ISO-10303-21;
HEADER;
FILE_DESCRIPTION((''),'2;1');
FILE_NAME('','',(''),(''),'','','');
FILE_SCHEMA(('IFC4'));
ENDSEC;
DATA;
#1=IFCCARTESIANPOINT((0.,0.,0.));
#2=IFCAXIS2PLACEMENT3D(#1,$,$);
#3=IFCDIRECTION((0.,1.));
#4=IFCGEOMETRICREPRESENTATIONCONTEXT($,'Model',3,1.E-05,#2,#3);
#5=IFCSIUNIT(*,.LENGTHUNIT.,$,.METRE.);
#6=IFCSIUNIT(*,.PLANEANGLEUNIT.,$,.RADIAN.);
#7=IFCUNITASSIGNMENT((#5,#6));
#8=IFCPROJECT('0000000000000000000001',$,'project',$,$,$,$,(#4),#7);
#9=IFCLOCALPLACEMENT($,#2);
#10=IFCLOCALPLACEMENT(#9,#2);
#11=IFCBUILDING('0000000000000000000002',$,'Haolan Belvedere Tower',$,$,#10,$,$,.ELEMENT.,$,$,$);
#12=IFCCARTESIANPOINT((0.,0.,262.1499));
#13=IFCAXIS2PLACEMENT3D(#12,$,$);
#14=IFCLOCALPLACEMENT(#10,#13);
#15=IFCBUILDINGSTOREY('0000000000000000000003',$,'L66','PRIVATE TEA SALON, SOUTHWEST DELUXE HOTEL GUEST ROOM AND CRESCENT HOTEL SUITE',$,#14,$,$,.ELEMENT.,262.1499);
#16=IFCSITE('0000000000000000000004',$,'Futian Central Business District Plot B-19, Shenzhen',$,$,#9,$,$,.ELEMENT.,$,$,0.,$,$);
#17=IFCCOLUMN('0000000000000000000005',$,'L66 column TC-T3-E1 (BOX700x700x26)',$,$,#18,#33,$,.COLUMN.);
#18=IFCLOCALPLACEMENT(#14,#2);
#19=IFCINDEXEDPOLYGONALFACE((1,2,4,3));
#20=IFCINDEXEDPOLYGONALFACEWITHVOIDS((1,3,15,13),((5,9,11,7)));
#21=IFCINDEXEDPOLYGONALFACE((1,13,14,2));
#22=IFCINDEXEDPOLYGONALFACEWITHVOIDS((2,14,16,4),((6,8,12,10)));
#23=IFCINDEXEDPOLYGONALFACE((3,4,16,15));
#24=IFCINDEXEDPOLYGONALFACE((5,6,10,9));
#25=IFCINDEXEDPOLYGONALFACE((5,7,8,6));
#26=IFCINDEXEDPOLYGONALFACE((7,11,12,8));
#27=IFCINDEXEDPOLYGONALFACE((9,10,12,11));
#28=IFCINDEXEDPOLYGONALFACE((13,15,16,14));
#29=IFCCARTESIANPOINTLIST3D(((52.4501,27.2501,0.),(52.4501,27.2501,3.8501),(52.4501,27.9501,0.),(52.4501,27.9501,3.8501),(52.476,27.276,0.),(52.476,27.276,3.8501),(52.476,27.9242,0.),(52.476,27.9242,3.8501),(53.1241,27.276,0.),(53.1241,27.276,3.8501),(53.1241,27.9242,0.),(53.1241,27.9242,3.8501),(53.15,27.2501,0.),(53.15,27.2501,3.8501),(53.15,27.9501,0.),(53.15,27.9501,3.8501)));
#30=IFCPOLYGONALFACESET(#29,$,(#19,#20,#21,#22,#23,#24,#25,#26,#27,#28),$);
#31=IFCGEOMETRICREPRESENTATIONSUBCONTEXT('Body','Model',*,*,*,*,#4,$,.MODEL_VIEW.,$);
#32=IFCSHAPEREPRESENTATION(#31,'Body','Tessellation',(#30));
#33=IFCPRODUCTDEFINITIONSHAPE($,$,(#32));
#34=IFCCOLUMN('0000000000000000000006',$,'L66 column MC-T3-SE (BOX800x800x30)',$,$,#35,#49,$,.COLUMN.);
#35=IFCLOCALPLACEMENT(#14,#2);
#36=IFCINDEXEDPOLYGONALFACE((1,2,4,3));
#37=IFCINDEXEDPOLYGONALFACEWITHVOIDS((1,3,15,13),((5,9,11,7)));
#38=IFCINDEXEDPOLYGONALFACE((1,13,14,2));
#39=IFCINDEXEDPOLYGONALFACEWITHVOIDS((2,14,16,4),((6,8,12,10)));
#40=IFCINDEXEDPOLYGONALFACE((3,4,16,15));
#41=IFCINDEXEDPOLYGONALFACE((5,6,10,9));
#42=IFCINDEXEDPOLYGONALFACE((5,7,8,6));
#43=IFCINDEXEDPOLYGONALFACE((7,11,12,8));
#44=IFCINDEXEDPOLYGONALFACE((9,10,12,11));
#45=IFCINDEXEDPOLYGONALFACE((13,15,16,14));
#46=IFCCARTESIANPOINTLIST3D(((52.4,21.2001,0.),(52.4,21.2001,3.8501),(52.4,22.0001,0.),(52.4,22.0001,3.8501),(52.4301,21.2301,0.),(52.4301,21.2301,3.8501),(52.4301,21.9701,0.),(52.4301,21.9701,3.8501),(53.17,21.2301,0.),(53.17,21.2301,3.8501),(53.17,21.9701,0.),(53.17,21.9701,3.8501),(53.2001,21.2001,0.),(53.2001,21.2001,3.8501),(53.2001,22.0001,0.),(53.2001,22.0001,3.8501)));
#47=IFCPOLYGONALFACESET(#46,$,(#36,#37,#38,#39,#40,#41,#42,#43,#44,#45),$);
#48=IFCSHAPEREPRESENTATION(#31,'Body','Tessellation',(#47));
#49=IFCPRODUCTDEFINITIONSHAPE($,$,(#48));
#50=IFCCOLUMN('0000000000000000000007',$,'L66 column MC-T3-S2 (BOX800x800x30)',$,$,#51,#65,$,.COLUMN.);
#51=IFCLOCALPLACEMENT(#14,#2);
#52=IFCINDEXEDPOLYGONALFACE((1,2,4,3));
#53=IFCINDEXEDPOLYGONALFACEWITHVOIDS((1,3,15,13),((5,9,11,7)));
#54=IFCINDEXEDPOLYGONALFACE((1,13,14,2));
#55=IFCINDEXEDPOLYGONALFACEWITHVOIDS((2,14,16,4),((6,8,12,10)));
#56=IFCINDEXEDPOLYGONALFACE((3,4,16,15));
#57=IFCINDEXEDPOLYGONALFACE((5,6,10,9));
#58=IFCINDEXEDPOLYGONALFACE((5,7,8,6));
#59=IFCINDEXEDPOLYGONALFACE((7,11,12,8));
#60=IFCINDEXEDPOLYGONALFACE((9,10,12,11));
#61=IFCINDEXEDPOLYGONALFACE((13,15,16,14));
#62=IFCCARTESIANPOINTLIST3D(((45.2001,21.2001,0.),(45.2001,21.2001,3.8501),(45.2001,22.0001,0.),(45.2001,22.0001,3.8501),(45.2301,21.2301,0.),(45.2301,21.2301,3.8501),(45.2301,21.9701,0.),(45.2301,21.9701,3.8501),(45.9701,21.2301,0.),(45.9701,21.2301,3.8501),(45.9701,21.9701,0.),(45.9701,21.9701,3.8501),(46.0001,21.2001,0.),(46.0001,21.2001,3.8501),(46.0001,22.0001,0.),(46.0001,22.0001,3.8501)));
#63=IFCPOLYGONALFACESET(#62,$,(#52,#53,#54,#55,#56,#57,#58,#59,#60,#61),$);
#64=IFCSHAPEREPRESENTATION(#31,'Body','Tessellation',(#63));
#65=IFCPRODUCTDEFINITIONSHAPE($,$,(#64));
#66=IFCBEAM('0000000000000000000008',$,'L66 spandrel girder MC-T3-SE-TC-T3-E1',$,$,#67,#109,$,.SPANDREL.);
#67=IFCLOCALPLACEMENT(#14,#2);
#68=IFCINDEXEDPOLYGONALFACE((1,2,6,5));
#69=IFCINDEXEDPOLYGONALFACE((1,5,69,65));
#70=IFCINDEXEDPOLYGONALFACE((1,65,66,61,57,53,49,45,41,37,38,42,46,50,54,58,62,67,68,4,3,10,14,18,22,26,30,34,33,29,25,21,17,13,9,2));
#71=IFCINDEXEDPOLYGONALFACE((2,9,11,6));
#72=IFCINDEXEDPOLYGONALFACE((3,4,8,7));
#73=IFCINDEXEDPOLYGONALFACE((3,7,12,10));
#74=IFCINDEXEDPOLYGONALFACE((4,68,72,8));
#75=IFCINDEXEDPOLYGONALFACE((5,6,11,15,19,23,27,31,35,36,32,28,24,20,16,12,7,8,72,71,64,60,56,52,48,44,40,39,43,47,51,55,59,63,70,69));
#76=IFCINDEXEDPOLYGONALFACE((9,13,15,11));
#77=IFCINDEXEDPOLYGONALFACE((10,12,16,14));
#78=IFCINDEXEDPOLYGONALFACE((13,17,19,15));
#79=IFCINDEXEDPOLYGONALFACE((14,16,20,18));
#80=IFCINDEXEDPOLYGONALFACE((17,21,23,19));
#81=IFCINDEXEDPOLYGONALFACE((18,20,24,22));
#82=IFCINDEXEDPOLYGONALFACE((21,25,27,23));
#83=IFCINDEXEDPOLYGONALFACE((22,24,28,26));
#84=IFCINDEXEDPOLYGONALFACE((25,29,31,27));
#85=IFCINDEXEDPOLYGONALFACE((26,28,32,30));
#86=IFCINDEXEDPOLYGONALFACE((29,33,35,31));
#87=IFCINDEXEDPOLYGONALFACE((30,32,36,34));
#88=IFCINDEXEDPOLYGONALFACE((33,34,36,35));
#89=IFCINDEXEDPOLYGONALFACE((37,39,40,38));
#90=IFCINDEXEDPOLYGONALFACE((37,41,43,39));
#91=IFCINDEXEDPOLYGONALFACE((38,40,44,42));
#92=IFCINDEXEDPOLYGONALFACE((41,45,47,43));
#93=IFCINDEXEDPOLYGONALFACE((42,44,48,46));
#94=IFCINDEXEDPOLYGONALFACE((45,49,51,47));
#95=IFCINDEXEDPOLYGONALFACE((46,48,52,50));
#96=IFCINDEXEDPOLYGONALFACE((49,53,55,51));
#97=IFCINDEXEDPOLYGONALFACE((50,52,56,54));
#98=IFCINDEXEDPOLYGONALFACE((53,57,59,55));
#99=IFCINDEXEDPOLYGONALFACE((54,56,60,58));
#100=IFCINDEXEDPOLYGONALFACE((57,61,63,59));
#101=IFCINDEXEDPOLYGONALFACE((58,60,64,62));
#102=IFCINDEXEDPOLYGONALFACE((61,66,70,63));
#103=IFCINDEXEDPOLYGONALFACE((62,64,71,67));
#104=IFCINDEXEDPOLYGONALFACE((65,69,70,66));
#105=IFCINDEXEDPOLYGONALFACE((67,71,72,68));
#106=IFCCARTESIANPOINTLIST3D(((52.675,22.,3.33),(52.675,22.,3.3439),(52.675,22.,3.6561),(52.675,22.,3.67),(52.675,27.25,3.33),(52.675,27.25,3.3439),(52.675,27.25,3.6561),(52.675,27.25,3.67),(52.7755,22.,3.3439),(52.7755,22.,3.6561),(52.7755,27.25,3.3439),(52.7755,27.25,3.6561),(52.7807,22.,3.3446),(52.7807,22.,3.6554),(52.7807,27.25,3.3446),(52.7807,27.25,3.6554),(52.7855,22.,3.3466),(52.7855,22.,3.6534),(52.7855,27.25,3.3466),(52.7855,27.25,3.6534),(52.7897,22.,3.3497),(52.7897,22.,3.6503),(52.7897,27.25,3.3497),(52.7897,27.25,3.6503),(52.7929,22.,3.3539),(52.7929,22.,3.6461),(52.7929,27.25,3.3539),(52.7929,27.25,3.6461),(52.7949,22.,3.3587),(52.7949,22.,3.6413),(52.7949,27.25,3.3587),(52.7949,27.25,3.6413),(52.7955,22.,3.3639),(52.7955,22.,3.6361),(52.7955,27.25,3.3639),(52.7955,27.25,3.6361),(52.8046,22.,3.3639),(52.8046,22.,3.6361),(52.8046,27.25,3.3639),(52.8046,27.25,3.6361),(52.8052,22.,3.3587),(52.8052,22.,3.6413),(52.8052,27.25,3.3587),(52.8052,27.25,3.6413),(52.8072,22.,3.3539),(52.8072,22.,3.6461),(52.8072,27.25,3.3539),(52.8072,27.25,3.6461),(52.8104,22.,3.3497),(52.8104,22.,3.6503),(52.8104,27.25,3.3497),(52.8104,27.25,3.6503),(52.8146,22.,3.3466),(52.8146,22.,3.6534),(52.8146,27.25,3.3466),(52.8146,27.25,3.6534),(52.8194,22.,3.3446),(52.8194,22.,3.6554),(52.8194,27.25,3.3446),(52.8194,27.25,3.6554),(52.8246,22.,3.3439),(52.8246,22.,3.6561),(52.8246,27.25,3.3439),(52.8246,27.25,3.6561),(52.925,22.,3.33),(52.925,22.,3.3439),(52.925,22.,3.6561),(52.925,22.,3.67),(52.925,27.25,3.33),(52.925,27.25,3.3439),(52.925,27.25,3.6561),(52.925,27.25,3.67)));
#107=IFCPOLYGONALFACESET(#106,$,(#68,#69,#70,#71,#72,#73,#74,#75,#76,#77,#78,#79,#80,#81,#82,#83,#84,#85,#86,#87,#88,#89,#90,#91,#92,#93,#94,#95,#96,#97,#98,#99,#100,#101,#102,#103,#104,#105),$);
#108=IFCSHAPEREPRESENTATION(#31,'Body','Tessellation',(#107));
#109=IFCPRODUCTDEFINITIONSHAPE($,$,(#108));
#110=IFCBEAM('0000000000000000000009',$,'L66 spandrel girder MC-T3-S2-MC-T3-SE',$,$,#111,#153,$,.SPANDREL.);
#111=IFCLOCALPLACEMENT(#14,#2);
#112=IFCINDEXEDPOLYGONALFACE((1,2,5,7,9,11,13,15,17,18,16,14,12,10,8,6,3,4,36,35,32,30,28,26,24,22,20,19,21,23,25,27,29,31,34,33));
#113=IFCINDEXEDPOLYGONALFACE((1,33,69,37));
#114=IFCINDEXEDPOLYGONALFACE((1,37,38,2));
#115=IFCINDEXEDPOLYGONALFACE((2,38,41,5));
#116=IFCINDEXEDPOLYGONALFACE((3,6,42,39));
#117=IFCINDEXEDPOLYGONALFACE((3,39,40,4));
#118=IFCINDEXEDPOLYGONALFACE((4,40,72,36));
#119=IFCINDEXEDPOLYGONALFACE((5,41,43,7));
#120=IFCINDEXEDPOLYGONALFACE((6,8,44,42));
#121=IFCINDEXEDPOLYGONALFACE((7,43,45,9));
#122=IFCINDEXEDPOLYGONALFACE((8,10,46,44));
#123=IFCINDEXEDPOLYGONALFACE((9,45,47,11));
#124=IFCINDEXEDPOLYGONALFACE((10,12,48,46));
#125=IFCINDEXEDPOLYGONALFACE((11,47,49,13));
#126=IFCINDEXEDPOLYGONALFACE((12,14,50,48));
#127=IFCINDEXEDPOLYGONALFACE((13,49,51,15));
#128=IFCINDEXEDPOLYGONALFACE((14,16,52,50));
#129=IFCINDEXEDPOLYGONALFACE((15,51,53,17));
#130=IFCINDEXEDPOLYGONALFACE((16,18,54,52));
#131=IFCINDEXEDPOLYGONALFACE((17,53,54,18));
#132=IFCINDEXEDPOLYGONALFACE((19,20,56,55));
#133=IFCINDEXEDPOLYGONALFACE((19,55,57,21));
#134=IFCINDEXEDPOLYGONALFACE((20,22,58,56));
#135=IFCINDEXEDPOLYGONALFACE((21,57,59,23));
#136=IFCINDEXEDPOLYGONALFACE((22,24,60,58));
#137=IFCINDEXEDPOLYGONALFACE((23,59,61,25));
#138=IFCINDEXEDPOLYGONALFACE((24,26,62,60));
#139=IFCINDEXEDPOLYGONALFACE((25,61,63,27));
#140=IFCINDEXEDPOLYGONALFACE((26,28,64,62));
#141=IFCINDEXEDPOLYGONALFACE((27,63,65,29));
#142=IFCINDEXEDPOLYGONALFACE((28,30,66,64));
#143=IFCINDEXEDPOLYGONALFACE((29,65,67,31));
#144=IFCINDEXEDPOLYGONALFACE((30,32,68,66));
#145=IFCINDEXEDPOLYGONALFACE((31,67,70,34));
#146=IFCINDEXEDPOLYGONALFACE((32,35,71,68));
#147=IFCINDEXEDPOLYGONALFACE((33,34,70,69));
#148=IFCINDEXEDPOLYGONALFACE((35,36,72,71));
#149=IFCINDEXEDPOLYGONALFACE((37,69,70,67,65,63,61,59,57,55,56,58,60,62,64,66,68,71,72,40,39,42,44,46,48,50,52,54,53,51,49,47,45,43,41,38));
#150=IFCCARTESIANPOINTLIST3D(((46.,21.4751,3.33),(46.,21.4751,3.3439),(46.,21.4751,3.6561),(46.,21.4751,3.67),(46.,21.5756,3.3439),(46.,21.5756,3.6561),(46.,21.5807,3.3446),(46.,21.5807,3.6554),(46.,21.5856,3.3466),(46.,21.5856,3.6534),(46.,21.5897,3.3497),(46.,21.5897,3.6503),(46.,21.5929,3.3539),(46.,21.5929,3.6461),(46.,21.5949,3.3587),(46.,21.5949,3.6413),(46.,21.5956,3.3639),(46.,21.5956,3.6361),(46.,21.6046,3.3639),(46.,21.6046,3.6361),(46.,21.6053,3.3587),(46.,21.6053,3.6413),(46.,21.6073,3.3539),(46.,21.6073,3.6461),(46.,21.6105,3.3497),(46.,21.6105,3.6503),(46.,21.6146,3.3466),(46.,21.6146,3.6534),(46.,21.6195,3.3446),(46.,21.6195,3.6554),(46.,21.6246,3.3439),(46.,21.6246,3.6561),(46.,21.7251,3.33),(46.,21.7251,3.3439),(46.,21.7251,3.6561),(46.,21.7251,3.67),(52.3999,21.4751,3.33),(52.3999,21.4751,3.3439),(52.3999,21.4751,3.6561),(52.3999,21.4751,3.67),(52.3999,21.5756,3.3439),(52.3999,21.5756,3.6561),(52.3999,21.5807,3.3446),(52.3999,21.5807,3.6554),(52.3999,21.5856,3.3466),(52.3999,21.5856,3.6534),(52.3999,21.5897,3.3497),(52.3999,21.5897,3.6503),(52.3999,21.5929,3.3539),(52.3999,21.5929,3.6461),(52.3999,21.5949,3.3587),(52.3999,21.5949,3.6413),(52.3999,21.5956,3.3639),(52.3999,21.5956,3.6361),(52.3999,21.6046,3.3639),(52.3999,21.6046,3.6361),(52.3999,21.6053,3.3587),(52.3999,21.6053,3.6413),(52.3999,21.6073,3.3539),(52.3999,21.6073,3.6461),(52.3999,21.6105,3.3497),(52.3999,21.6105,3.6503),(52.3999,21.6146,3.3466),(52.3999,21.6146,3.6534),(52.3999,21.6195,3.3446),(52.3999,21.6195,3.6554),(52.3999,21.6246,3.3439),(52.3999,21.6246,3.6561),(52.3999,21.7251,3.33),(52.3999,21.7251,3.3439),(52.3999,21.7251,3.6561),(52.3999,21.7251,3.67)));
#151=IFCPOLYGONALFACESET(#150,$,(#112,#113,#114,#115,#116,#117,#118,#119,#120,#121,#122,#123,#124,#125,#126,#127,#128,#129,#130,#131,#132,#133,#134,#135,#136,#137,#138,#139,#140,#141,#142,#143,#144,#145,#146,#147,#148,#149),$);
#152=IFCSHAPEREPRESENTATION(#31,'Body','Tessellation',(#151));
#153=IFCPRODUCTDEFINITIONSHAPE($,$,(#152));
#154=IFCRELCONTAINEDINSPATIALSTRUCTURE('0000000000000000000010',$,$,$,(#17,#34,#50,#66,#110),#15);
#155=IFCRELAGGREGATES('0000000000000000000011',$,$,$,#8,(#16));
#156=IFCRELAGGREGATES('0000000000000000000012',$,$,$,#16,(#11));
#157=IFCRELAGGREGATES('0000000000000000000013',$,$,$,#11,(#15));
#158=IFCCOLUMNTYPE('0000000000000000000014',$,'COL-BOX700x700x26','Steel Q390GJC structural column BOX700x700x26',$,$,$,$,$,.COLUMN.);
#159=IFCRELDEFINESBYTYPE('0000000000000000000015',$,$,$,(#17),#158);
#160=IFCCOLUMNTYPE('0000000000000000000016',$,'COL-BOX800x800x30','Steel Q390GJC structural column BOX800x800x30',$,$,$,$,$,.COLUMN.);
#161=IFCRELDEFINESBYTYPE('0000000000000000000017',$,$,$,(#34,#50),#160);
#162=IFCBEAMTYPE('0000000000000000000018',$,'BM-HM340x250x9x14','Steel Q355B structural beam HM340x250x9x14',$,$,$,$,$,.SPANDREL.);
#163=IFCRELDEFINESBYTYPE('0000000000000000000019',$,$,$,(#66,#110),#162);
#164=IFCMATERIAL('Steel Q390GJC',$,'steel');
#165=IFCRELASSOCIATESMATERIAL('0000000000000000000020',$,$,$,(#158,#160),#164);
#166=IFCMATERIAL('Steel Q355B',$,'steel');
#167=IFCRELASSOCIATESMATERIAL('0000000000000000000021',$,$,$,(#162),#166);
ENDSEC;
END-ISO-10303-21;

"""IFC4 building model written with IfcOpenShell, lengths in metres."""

from ifc_helpers import new_model, si_unit, direction, frame, origin, origin_2d, place, context, subcontext, project, spatial, hollow_rectangle, i_section, extrude, material, material_profile, profile_set, type_object, element, save


model = new_model("IFC4")

# Units and contexts
model_context = context("Model", 3, precision=1e-05, world=origin(), true_north=direction((0.0, 1.0)))
body_context = subcontext(model_context, "Body", "Model", "MODEL_VIEW")
ifc_project = project(units=[si_unit("LENGTHUNIT", "METRE"), si_unit("PLANEANGLEUNIT", "RADIAN")], contexts=[model_context])

# Site, building, storey
site_placement = place(None, origin())
site = spatial("IfcSite", under=ifc_project, at=site_placement, Name="Futian Central Business District Plot B-19, Shenzhen", CompositionType="ELEMENT", RefElevation=0.0)
building_placement = place(site_placement, origin())
building = spatial("IfcBuilding", under=site, at=building_placement, Name="Haolan Belvedere Tower", CompositionType="ELEMENT")
storey_placement = place(building_placement, frame((0.0, 0.0, 262.1499)))
storey = spatial("IfcBuildingStorey", under=building, at=storey_placement, Name="L66", Description="PRIVATE TEA SALON, SOUTHWEST DELUXE HOTEL GUEST ROOM AND CRESCENT HOTEL SUITE", CompositionType="ELEMENT", Elevation=262.1499)

# Columns
ifc_material_1 = material(Name="Steel Q390GJC", Category="steel")
ifc_material_profile_1 = material_profile(ifc_material_1, hollow_rectangle(XDim=0.7, YDim=0.7, WallThickness=0.0259, at=origin_2d()), Name="Steel Q390GJC")
ifc_profile_set_1 = profile_set([ifc_material_profile_1], Name="Steel Q390GJC")
column_type_1 = type_object("IfcColumnType", Name="COL-BOX700x700x26", Description="Steel Q390GJC structural column BOX700x700x26", PredefinedType="COLUMN", material=ifc_profile_set_1)
column_placement = place(storey_placement, frame((52.8, 27.6001, 0.0), z_axis=(0.0, 0.0, 1.0), x_axis=(1.0, 0.0, 0.0)))
element("IfcColumn", 1, at=column_placement, inside=storey, type_object=column_type_1, Name="L66 column TC-T3-E1 (BOX700x700x26)", PredefinedType="COLUMN", context=body_context, shape_type="SweptSolid", body=[
    extrude(hollow_rectangle(XDim=0.7, YDim=0.7, WallThickness=0.0259, at=origin_2d()), origin(), (0.0, 0.0, 1.0), 3.8501),
])
ifc_material_profile_2 = material_profile(ifc_material_1, hollow_rectangle(XDim=0.8, YDim=0.8, WallThickness=0.03, at=origin_2d()), Name="Steel Q390GJC")
ifc_profile_set_2 = profile_set([ifc_material_profile_2], Name="Steel Q390GJC")
column_type_2 = type_object("IfcColumnType", Name="COL-BOX800x800x30", Description="Steel Q390GJC structural column BOX800x800x30", PredefinedType="COLUMN", material=ifc_profile_set_2)
for number, where, z_axis, x_axis, name in (
    (2, (52.8, 21.6001, 0.0), (0.0, 0.0, 1.0), (1.0, 0.0, 0.0), "L66 column MC-T3-SE (BOX800x800x30)"),
    (3, (45.6001, 21.6001, 0.0), (0.0, 0.0, 1.0), (1.0, 0.0, 0.0), "L66 column MC-T3-S2 (BOX800x800x30)"),
):
    element("IfcColumn", number, at=place(storey_placement, frame(where, z_axis=z_axis, x_axis=x_axis)), inside=storey, type_object=column_type_2, Name=name, PredefinedType="COLUMN", context=body_context, shape_type="SweptSolid", body=[
        extrude(hollow_rectangle(XDim=0.8, YDim=0.8, WallThickness=0.03, at=origin_2d()), origin(), (0.0, 0.0, 1.0), 3.8501),
    ])

# Beams
ifc_material_2 = material(Name="Steel Q355B", Category="steel")
ifc_material_profile_3 = material_profile(ifc_material_2, i_section(OverallWidth=0.25, OverallDepth=0.3401, WebThickness=0.009, FlangeThickness=0.0139, FilletRadius=0.02, at=origin_2d()), Name="Steel Q355B")
ifc_profile_set_3 = profile_set([ifc_material_profile_3], Name="Steel Q355B")
beam_type_1 = type_object("IfcBeamType", Name="BM-HM340x250x9x14", Description="Steel Q355B structural beam HM340x250x9x14", PredefinedType="SPANDREL", material=ifc_profile_set_3)
beam_1_placement = place(storey_placement, frame((52.8, 22.0, 3.5), z_axis=(0.0, 1.0, 0.0), x_axis=(-1.0, 0.0, 0.0)))
element("IfcBeam", 4, at=beam_1_placement, inside=storey, type_object=beam_type_1, Name="L66 spandrel girder MC-T3-SE-TC-T3-E1", PredefinedType="SPANDREL", context=body_context, shape_type="SweptSolid", body=[
    extrude(i_section(OverallWidth=0.25, OverallDepth=0.3401, WebThickness=0.009, FlangeThickness=0.0139, FilletRadius=0.02, at=origin_2d()), origin(), (0.0, 0.0, 1.0), 5.25),
])
beam_2_placement = place(storey_placement, frame((46.0, 21.6001, 3.5), z_axis=(1.0, 0.0, 0.0), x_axis=(0.0, 1.0, 0.0)))
element("IfcBeam", 5, at=beam_2_placement, inside=storey, type_object=beam_type_1, Name="L66 spandrel girder MC-T3-S2-MC-T3-SE", PredefinedType="SPANDREL", context=body_context, shape_type="SweptSolid", body=[
    extrude(i_section(OverallWidth=0.25, OverallDepth=0.3401, WebThickness=0.009, FlangeThickness=0.0139, FilletRadius=0.02, at=origin_2d()), origin(), (0.0, 0.0, 1.0), 6.3999),
])

save(model, "model.ifc")
